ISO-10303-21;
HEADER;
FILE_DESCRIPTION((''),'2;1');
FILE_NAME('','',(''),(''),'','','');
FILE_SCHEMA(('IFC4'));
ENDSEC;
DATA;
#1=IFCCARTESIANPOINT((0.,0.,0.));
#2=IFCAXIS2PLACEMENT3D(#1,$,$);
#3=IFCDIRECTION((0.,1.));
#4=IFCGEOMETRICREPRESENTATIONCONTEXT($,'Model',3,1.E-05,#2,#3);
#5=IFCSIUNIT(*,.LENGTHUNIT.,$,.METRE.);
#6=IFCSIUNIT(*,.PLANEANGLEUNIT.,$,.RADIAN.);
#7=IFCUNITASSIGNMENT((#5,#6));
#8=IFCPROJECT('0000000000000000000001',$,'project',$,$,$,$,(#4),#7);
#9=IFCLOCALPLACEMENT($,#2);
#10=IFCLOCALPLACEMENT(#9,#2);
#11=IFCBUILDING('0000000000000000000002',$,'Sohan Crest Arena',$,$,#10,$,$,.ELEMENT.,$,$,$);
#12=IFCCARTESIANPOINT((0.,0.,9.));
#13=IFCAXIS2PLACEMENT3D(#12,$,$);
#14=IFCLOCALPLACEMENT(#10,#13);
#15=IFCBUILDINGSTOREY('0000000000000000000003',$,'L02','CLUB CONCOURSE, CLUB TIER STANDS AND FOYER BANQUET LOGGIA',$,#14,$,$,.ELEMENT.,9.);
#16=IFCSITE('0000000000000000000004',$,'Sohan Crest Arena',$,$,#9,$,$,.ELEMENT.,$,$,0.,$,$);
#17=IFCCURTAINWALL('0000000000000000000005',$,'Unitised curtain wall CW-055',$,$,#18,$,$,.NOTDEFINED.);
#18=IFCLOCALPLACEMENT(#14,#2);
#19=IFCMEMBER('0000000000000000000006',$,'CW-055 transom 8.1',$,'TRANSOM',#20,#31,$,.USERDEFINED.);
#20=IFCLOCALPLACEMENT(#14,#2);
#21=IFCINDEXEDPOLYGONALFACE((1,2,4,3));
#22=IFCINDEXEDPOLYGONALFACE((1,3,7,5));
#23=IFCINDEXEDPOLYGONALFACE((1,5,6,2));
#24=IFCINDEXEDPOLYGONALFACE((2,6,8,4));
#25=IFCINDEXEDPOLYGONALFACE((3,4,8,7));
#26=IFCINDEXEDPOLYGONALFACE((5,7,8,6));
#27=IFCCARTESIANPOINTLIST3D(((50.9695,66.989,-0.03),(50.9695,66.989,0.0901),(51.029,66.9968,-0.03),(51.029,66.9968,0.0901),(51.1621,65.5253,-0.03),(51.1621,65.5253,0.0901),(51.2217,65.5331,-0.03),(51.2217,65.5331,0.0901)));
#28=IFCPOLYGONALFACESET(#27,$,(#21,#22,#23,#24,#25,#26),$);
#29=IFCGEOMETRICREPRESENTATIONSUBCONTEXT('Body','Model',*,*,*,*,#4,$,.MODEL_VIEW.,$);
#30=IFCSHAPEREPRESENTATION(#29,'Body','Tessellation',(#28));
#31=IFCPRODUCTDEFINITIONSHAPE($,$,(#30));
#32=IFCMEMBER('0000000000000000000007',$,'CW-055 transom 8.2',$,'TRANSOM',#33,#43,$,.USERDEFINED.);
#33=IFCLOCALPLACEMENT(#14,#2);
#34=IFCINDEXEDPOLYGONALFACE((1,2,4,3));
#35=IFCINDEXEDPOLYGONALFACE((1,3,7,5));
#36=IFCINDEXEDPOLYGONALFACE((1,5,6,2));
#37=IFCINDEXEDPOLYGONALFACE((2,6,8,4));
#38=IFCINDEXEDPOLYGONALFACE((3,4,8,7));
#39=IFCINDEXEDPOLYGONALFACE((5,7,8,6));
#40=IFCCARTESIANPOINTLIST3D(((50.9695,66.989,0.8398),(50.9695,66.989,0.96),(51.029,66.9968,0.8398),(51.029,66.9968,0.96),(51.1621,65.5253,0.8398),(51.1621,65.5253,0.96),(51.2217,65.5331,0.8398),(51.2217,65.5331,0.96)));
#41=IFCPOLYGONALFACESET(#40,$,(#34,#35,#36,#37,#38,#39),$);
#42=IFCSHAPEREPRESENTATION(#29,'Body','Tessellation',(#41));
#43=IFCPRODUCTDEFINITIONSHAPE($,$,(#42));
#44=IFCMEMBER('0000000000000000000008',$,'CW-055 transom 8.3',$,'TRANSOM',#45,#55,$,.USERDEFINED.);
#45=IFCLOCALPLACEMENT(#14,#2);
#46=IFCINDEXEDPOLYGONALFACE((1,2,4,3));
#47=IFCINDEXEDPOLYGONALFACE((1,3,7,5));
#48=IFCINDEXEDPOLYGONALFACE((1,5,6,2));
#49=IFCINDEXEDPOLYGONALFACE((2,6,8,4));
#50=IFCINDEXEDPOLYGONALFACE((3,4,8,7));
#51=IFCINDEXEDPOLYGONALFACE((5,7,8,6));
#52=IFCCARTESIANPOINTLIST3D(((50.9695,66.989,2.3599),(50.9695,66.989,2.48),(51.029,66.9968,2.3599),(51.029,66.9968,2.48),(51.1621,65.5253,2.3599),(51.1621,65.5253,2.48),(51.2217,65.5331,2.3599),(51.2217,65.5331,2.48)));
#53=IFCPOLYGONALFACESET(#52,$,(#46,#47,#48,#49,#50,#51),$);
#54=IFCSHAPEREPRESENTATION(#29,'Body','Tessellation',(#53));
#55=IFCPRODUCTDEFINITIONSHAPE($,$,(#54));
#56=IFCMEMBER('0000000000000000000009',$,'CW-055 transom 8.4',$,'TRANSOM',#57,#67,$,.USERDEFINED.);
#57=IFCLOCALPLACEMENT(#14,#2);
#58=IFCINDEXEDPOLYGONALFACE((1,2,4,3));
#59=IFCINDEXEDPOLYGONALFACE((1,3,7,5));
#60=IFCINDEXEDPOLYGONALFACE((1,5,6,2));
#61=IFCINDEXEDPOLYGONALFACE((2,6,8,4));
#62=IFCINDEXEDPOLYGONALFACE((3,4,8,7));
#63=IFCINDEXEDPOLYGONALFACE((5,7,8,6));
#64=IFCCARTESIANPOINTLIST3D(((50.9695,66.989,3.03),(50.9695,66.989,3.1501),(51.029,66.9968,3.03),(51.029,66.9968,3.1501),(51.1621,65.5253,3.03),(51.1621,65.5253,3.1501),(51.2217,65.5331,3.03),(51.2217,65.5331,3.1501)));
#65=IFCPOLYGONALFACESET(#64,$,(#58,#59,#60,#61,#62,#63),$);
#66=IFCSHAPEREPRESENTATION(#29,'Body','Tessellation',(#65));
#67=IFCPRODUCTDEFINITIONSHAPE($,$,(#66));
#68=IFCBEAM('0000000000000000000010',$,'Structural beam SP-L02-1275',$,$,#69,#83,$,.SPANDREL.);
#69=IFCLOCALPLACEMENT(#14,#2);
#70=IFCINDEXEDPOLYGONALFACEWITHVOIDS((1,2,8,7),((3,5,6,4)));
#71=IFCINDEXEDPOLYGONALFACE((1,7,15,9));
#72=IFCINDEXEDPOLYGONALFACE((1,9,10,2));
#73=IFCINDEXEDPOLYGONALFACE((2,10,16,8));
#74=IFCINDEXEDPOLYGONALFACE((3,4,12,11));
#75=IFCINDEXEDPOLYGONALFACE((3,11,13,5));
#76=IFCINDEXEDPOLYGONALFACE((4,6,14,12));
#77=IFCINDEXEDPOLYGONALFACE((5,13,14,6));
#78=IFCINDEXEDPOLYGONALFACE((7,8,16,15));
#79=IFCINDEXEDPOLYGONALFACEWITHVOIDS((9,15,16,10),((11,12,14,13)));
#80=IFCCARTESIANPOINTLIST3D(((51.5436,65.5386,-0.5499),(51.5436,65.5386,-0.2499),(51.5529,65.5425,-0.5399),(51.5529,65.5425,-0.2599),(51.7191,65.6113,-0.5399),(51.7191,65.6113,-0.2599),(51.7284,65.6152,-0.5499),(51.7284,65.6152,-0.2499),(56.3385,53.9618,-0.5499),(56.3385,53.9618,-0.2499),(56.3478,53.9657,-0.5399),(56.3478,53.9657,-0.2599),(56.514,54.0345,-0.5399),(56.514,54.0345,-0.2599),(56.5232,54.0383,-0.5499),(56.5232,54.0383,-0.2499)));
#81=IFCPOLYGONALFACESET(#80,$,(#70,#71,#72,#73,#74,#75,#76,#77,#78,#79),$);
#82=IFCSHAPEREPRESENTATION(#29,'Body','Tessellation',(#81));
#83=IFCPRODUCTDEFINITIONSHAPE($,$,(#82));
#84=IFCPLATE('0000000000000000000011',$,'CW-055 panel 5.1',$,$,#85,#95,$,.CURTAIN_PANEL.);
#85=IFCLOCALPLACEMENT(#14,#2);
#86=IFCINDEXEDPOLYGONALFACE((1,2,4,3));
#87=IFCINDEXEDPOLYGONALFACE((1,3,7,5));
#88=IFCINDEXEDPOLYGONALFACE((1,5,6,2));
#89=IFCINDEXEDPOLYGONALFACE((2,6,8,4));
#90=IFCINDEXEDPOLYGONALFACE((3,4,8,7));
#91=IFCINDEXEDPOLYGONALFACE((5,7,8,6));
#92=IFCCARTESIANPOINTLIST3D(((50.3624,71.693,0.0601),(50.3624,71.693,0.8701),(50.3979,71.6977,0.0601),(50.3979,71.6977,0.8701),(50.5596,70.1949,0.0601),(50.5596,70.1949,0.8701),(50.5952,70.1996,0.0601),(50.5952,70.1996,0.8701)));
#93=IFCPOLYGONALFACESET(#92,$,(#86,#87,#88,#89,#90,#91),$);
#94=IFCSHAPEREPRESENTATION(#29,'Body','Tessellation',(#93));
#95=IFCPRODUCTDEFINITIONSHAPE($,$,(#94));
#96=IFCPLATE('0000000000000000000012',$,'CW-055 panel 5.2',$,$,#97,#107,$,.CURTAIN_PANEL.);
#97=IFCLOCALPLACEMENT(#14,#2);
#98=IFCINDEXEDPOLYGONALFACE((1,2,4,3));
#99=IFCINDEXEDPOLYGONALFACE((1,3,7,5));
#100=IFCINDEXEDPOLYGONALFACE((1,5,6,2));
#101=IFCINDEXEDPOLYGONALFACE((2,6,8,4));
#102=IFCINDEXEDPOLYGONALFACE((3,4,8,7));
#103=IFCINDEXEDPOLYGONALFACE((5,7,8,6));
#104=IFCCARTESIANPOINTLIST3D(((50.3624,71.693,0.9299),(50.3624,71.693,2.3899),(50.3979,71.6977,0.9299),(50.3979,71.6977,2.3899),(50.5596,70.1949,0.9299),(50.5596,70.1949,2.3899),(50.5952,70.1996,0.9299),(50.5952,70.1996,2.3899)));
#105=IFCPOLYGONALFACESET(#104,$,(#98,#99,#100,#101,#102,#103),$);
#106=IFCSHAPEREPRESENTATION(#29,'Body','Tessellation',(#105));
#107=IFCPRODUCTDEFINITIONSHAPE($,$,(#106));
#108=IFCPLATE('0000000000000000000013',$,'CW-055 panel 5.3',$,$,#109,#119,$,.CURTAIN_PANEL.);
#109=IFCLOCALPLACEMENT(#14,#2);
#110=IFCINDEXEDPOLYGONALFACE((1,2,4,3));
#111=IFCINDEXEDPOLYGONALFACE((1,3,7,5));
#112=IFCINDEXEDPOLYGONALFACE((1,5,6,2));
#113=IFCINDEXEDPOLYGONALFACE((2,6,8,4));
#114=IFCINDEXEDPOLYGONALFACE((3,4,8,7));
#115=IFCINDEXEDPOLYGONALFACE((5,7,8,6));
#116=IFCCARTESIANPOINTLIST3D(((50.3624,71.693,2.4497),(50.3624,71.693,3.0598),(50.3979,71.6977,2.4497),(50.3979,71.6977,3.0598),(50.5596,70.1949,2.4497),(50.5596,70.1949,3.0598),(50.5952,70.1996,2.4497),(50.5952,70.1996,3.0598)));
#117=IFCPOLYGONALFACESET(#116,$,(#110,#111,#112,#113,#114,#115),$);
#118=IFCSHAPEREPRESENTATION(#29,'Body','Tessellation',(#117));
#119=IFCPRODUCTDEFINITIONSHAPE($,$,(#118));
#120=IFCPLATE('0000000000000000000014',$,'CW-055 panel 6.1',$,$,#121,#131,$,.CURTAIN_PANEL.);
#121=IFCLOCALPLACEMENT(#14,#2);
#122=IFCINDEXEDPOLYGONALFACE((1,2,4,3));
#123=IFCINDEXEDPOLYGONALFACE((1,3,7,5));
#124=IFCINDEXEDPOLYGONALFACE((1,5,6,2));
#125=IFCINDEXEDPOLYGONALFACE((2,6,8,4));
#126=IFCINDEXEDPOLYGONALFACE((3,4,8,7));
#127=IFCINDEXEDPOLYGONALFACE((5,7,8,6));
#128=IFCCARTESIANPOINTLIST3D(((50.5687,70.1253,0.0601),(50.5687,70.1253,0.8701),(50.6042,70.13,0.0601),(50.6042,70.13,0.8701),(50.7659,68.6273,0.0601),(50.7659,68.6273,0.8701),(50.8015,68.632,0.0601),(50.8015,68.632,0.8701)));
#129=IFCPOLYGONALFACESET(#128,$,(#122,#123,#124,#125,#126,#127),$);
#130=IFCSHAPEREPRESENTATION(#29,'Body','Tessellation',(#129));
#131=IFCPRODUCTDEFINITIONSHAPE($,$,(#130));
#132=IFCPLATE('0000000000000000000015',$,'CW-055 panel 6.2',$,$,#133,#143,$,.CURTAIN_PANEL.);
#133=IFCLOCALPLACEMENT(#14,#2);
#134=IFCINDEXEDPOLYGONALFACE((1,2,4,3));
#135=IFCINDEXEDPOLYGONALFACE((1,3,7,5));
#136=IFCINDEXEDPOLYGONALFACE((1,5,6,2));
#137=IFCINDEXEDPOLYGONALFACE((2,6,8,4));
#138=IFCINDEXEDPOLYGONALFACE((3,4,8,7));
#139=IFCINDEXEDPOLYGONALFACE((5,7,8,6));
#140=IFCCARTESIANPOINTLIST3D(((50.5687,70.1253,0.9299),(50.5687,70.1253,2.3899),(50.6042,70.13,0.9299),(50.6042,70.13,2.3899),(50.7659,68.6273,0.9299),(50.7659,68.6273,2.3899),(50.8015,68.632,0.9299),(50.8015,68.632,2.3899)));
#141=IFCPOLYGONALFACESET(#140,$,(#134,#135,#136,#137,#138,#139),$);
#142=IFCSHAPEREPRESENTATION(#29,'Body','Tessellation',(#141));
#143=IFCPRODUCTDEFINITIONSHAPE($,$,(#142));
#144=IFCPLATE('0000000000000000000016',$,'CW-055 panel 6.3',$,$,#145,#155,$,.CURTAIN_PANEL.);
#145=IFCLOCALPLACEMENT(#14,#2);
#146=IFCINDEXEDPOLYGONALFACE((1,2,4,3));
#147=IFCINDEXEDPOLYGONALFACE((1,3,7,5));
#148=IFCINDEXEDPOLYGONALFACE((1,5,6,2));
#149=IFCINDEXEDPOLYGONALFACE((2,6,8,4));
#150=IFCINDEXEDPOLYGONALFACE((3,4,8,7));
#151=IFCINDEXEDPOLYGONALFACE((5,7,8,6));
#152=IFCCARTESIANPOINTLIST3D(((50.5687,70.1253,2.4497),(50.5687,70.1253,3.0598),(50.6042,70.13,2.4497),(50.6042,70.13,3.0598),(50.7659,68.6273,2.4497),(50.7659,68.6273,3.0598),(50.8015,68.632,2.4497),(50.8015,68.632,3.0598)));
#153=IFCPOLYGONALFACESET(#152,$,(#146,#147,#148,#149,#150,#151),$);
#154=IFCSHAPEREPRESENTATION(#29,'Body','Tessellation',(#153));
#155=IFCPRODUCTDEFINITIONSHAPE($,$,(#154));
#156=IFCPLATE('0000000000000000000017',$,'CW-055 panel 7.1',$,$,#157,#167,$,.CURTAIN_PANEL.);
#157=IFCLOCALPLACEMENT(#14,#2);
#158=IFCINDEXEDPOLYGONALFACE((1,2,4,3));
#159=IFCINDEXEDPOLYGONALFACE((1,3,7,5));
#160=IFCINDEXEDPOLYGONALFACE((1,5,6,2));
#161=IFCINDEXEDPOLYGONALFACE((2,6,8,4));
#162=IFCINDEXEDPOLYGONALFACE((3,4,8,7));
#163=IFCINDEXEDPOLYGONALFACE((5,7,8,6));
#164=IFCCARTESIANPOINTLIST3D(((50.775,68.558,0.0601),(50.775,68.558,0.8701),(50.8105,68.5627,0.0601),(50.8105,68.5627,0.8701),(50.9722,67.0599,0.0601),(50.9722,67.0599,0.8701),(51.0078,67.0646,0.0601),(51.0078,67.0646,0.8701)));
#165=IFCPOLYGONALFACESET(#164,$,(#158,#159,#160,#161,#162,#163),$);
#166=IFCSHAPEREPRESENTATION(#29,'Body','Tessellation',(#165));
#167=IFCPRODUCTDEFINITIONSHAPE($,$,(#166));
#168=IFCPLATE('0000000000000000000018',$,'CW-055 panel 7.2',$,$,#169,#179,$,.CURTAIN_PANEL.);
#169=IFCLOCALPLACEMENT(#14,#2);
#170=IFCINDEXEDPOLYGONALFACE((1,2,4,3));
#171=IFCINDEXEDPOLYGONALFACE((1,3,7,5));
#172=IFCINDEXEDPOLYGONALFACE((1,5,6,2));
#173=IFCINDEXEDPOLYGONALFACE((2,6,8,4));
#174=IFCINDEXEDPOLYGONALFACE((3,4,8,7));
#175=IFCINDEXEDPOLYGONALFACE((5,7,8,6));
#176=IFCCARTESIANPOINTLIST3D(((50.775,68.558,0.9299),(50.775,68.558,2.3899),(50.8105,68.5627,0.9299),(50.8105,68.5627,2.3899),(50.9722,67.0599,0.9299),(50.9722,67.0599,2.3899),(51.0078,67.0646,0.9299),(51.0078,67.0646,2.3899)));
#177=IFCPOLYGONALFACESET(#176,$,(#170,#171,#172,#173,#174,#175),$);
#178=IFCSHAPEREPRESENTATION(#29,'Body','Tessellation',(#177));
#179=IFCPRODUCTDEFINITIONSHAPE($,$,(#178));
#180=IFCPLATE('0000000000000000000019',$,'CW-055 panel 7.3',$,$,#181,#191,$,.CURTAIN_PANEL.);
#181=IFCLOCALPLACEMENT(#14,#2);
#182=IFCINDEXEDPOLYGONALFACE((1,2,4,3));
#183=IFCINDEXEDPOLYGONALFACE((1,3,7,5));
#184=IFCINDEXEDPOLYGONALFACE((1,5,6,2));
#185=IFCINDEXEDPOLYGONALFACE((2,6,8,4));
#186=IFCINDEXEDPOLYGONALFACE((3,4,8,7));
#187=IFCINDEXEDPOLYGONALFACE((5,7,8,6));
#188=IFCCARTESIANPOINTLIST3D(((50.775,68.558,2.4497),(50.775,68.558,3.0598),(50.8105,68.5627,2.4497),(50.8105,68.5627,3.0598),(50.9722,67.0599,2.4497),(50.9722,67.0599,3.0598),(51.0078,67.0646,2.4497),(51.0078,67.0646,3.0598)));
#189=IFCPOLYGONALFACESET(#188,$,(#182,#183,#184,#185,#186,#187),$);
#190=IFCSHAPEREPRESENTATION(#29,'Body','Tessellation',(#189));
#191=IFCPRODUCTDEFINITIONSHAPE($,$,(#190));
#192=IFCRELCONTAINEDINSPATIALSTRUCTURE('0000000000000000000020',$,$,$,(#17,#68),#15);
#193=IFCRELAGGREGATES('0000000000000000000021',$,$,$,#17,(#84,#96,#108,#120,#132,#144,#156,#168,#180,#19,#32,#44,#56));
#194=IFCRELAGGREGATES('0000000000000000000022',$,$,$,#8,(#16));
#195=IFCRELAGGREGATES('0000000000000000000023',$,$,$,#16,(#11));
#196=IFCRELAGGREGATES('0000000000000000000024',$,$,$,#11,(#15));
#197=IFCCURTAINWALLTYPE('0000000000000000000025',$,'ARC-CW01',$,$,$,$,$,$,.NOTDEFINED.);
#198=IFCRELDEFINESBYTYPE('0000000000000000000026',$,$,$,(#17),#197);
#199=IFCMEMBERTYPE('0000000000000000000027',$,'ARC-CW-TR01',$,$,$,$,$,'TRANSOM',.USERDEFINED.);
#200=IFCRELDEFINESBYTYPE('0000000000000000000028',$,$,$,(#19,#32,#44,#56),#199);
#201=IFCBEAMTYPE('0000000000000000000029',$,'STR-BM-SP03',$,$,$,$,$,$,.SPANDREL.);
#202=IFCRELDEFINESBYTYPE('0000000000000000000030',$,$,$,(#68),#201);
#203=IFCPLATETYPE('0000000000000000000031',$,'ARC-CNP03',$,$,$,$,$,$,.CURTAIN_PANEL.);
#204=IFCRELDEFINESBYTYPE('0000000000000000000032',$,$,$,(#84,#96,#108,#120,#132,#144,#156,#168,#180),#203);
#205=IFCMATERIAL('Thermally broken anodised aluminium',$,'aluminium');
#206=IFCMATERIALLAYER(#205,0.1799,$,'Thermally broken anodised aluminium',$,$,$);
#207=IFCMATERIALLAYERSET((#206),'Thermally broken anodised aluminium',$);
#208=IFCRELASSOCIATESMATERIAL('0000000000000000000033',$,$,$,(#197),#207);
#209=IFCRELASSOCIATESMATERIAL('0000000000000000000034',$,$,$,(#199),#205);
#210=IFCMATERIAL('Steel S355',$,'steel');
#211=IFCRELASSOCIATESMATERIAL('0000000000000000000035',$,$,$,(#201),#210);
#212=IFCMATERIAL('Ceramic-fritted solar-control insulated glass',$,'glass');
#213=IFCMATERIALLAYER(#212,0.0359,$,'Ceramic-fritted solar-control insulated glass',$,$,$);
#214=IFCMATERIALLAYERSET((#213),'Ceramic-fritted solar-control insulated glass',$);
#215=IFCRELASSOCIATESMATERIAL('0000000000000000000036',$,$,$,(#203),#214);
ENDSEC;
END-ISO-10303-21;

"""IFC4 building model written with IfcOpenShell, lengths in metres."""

from ifc_helpers import new_model, si_unit, direction, frame, origin, origin_2d, place, context, subcontext, project, spatial, rectangle, hollow_rectangle, extrude, material, layer, layer_set, material_profile, profile_set, type_object, element, aggregate, save


model = new_model("IFC4")

# Units and contexts
model_context = context("Model", 3, precision=1e-05, world=origin(), true_north=direction((0.0, 1.0)))
body_context = subcontext(model_context, "Body", "Model", "MODEL_VIEW")
ifc_project = project(units=[si_unit("LENGTHUNIT", "METRE"), si_unit("PLANEANGLEUNIT", "RADIAN")], contexts=[model_context])

# Site, building, storey
site_placement = place(None, origin())
site = spatial("IfcSite", under=ifc_project, at=site_placement, Name="Sohan Crest Arena", CompositionType="ELEMENT", RefElevation=0.0)
building_placement = place(site_placement, origin())
building = spatial("IfcBuilding", under=site, at=building_placement, Name="Sohan Crest Arena", CompositionType="ELEMENT")
storey_placement = place(building_placement, frame((0.0, 0.0, 9.0)))
storey = spatial("IfcBuildingStorey", under=building, at=storey_placement, Name="L02", Description="CLUB CONCOURSE, CLUB TIER STANDS AND FOYER BANQUET LOGGIA", CompositionType="ELEMENT", Elevation=9.0)

# Shared definitions
ifc_material_1 = material(Name="Steel S355", Category="steel")

# Curtain wall, members
ifc_material_2 = material(Name="Thermally broken anodised aluminium", Category="aluminium")
ifc_layer_1 = layer(ifc_material_2, 0.1799, Name="Thermally broken anodised aluminium")
ifc_layer_set_1 = layer_set([ifc_layer_1], Name="Thermally broken anodised aluminium")
curtain_wall_type = type_object("IfcCurtainWallType", Name="ARC-CW01", PredefinedType="NOTDEFINED", material=ifc_layer_set_1)
curtain_wall_placement = place(storey_placement, origin())
curtain_wall = element("IfcCurtainWall", 1, at=curtain_wall_placement, inside=storey, type_object=curtain_wall_type, Name="Unitised curtain wall CW-055", PredefinedType="NOTDEFINED")
ifc_material_profile_1 = material_profile(ifc_material_2, rectangle(XDim=0.0601, YDim=0.1201, at=origin_2d()), Name="ALU-TRAN 60x120")
ifc_profile_set_1 = profile_set([ifc_material_profile_1], Name="Thermally broken anodised aluminium")
member_type_1 = type_object("IfcMemberType", Name="ARC-CW-TR01", ElementType="TRANSOM", PredefinedType="USERDEFINED", material=ifc_profile_set_1)
member_1_placement = place(storey_placement, frame((50.9993, 66.9929, 0.03), z_axis=(0.130484, -0.99145, 0.0), x_axis=(0.99145, 0.130484, 0.0)))
member_1 = element("IfcMember", 2, at=member_1_placement, type_object=member_type_1, Name="CW-055 transom 8.1", ObjectType="TRANSOM", PredefinedType="USERDEFINED", context=body_context, shape_type="SweptSolid", body=[
    extrude(rectangle(XDim=0.0601, YDim=0.1201, at=origin_2d()), origin(), (0.0, 0.0, 1.0), 1.4763),
])
member_2_placement = place(storey_placement, frame((50.9993, 66.9929, 0.8999), z_axis=(0.130484, -0.99145, 0.0), x_axis=(0.99145, 0.130484, 0.0)))
member_2 = element("IfcMember", 3, at=member_2_placement, type_object=member_type_1, Name="CW-055 transom 8.2", ObjectType="TRANSOM", PredefinedType="USERDEFINED", context=body_context, shape_type="SweptSolid", body=[
    extrude(rectangle(XDim=0.0601, YDim=0.1201, at=origin_2d()), origin(), (0.0, 0.0, 1.0), 1.4763),
])
member_3_placement = place(storey_placement, frame((50.9993, 66.9929, 2.4199), z_axis=(0.130484, -0.99145, 0.0), x_axis=(0.99145, 0.130484, 0.0)))
member_3 = element("IfcMember", 4, at=member_3_placement, type_object=member_type_1, Name="CW-055 transom 8.3", ObjectType="TRANSOM", PredefinedType="USERDEFINED", context=body_context, shape_type="SweptSolid", body=[
    extrude(rectangle(XDim=0.0601, YDim=0.1201, at=origin_2d()), origin(), (0.0, 0.0, 1.0), 1.4763),
])
member_4_placement = place(storey_placement, frame((50.9993, 66.9929, 3.0901), z_axis=(0.130484, -0.99145, 0.0), x_axis=(0.99145, 0.130484, 0.0)))
member_4 = element("IfcMember", 5, at=member_4_placement, type_object=member_type_1, Name="CW-055 transom 8.4", ObjectType="TRANSOM", PredefinedType="USERDEFINED", context=body_context, shape_type="SweptSolid", body=[
    extrude(rectangle(XDim=0.0601, YDim=0.1201, at=origin_2d()), origin(), (0.0, 0.0, 1.0), 1.4763),
])

# Beam
ifc_material_profile_2 = material_profile(ifc_material_1, hollow_rectangle(XDim=0.2, YDim=0.3, WallThickness=0.01, at=origin_2d()), Name="RHS 300x200x10")
ifc_profile_set_2 = profile_set([ifc_material_profile_2], Name="Steel S355")
beam_type = type_object("IfcBeamType", Name="STR-BM-SP03", PredefinedType="SPANDREL", material=ifc_profile_set_2)
beam_placement = place(storey_placement, frame((51.636, 65.5769, -0.3999), z_axis=(0.382657, -0.923891, 0.0), x_axis=(0.923891, 0.382657, 0.0)))
element("IfcBeam", 6, at=beam_placement, inside=storey, type_object=beam_type, Name="Structural beam SP-L02-1275", PredefinedType="SPANDREL", context=body_context, shape_type="SweptSolid", body=[
    extrude(hollow_rectangle(XDim=0.2, YDim=0.3, WallThickness=0.01, at=origin_2d()), origin(), (0.0, 0.0, 1.0), 12.5305),
])

# Plates
ifc_material_3 = material(Name="Ceramic-fritted solar-control insulated glass", Category="glass")
ifc_layer_2 = layer(ifc_material_3, 0.0359, Name="Ceramic-fritted solar-control insulated glass")
ifc_layer_set_2 = layer_set([ifc_layer_2], Name="Ceramic-fritted solar-control insulated glass")
plate_type = type_object("IfcPlateType", Name="ARC-CNP03", PredefinedType="CURTAIN_PANEL", material=ifc_layer_set_2)
plate_1_placement = place(storey_placement, frame((50.4788, 70.9463, 0.0601), z_axis=(0.0, 0.0, 1.0), x_axis=(0.130532, -0.991444, 0.0)))
plate_1 = element("IfcPlate", 7, at=plate_1_placement, type_object=plate_type, Name="CW-055 panel 5.1", PredefinedType="CURTAIN_PANEL", context=body_context, shape_type="SweptSolid", body=[
    extrude(rectangle(XDim=1.511, YDim=0.0359, at=origin_2d()), origin(), (0.0, 0.0, 1.0), 0.8101),
])
plate_2_placement = place(storey_placement, frame((50.4788, 70.9463, 0.9299), z_axis=(0.0, 0.0, 1.0), x_axis=(0.130532, -0.991444, 0.0)))
plate_2 = element("IfcPlate", 8, at=plate_2_placement, type_object=plate_type, Name="CW-055 panel 5.2", PredefinedType="CURTAIN_PANEL", context=body_context, shape_type="SweptSolid", body=[
    extrude(rectangle(XDim=1.511, YDim=0.0359, at=origin_2d()), origin(), (0.0, 0.0, 1.0), 1.46),
])
plate_3_placement = place(storey_placement, frame((50.4788, 70.9463, 2.4497), z_axis=(0.0, 0.0, 1.0), x_axis=(0.130532, -0.991444, 0.0)))
plate_3 = element("IfcPlate", 9, at=plate_3_placement, type_object=plate_type, Name="CW-055 panel 5.3", PredefinedType="CURTAIN_PANEL", context=body_context, shape_type="SweptSolid", body=[
    extrude(rectangle(XDim=1.511, YDim=0.0359, at=origin_2d()), origin(), (0.0, 0.0, 1.0), 0.6101),
])
plate_4_placement = place(storey_placement, frame((50.6851, 69.3787, 0.0601), z_axis=(0.0, 0.0, 1.0), x_axis=(0.130532, -0.991444, 0.0)))
plate_4 = element("IfcPlate", 10, at=plate_4_placement, type_object=plate_type, Name="CW-055 panel 6.1", PredefinedType="CURTAIN_PANEL", context=body_context, shape_type="SweptSolid", body=[
    extrude(rectangle(XDim=1.511, YDim=0.0359, at=origin_2d()), origin(), (0.0, 0.0, 1.0), 0.8101),
])
plate_5_placement = place(storey_placement, frame((50.6851, 69.3787, 0.9299), z_axis=(0.0, 0.0, 1.0), x_axis=(0.130532, -0.991444, 0.0)))
plate_5 = element("IfcPlate", 11, at=plate_5_placement, type_object=plate_type, Name="CW-055 panel 6.2", PredefinedType="CURTAIN_PANEL", context=body_context, shape_type="SweptSolid", body=[
    extrude(rectangle(XDim=1.511, YDim=0.0359, at=origin_2d()), origin(), (0.0, 0.0, 1.0), 1.46),
])
plate_6_placement = place(storey_placement, frame((50.6851, 69.3787, 2.4497), z_axis=(0.0, 0.0, 1.0), x_axis=(0.130532, -0.991444, 0.0)))
plate_6 = element("IfcPlate", 12, at=plate_6_placement, type_object=plate_type, Name="CW-055 panel 6.3", PredefinedType="CURTAIN_PANEL", context=body_context, shape_type="SweptSolid", body=[
    extrude(rectangle(XDim=1.511, YDim=0.0359, at=origin_2d()), origin(), (0.0, 0.0, 1.0), 0.6101),
])
plate_7_placement = place(storey_placement, frame((50.8914, 67.8113, 0.0601), z_axis=(0.0, 0.0, 1.0), x_axis=(0.130532, -0.991444, 0.0)))
plate_7 = element("IfcPlate", 13, at=plate_7_placement, type_object=plate_type, Name="CW-055 panel 7.1", PredefinedType="CURTAIN_PANEL", context=body_context, shape_type="SweptSolid", body=[
    extrude(rectangle(XDim=1.511, YDim=0.0359, at=origin_2d()), origin(), (0.0, 0.0, 1.0), 0.8101),
])
plate_8_placement = place(storey_placement, frame((50.8914, 67.8113, 0.9299), z_axis=(0.0, 0.0, 1.0), x_axis=(0.130532, -0.991444, 0.0)))
plate_8 = element("IfcPlate", 14, at=plate_8_placement, type_object=plate_type, Name="CW-055 panel 7.2", PredefinedType="CURTAIN_PANEL", context=body_context, shape_type="SweptSolid", body=[
    extrude(rectangle(XDim=1.511, YDim=0.0359, at=origin_2d()), origin(), (0.0, 0.0, 1.0), 1.46),
])
plate_9_placement = place(storey_placement, frame((50.8914, 67.8113, 2.4497), z_axis=(0.0, 0.0, 1.0), x_axis=(0.130532, -0.991444, 0.0)))
plate_9 = element("IfcPlate", 15, at=plate_9_placement, type_object=plate_type, Name="CW-055 panel 7.3", PredefinedType="CURTAIN_PANEL", context=body_context, shape_type="SweptSolid", body=[
    extrude(rectangle(XDim=1.511, YDim=0.0359, at=origin_2d()), origin(), (0.0, 0.0, 1.0), 0.6101),
])
aggregate(curtain_wall, [plate_1, plate_2, plate_3, plate_4, plate_5, plate_6, plate_7, plate_8, plate_9, member_1, member_2, member_3, member_4])

save(model, "model.ifc")
